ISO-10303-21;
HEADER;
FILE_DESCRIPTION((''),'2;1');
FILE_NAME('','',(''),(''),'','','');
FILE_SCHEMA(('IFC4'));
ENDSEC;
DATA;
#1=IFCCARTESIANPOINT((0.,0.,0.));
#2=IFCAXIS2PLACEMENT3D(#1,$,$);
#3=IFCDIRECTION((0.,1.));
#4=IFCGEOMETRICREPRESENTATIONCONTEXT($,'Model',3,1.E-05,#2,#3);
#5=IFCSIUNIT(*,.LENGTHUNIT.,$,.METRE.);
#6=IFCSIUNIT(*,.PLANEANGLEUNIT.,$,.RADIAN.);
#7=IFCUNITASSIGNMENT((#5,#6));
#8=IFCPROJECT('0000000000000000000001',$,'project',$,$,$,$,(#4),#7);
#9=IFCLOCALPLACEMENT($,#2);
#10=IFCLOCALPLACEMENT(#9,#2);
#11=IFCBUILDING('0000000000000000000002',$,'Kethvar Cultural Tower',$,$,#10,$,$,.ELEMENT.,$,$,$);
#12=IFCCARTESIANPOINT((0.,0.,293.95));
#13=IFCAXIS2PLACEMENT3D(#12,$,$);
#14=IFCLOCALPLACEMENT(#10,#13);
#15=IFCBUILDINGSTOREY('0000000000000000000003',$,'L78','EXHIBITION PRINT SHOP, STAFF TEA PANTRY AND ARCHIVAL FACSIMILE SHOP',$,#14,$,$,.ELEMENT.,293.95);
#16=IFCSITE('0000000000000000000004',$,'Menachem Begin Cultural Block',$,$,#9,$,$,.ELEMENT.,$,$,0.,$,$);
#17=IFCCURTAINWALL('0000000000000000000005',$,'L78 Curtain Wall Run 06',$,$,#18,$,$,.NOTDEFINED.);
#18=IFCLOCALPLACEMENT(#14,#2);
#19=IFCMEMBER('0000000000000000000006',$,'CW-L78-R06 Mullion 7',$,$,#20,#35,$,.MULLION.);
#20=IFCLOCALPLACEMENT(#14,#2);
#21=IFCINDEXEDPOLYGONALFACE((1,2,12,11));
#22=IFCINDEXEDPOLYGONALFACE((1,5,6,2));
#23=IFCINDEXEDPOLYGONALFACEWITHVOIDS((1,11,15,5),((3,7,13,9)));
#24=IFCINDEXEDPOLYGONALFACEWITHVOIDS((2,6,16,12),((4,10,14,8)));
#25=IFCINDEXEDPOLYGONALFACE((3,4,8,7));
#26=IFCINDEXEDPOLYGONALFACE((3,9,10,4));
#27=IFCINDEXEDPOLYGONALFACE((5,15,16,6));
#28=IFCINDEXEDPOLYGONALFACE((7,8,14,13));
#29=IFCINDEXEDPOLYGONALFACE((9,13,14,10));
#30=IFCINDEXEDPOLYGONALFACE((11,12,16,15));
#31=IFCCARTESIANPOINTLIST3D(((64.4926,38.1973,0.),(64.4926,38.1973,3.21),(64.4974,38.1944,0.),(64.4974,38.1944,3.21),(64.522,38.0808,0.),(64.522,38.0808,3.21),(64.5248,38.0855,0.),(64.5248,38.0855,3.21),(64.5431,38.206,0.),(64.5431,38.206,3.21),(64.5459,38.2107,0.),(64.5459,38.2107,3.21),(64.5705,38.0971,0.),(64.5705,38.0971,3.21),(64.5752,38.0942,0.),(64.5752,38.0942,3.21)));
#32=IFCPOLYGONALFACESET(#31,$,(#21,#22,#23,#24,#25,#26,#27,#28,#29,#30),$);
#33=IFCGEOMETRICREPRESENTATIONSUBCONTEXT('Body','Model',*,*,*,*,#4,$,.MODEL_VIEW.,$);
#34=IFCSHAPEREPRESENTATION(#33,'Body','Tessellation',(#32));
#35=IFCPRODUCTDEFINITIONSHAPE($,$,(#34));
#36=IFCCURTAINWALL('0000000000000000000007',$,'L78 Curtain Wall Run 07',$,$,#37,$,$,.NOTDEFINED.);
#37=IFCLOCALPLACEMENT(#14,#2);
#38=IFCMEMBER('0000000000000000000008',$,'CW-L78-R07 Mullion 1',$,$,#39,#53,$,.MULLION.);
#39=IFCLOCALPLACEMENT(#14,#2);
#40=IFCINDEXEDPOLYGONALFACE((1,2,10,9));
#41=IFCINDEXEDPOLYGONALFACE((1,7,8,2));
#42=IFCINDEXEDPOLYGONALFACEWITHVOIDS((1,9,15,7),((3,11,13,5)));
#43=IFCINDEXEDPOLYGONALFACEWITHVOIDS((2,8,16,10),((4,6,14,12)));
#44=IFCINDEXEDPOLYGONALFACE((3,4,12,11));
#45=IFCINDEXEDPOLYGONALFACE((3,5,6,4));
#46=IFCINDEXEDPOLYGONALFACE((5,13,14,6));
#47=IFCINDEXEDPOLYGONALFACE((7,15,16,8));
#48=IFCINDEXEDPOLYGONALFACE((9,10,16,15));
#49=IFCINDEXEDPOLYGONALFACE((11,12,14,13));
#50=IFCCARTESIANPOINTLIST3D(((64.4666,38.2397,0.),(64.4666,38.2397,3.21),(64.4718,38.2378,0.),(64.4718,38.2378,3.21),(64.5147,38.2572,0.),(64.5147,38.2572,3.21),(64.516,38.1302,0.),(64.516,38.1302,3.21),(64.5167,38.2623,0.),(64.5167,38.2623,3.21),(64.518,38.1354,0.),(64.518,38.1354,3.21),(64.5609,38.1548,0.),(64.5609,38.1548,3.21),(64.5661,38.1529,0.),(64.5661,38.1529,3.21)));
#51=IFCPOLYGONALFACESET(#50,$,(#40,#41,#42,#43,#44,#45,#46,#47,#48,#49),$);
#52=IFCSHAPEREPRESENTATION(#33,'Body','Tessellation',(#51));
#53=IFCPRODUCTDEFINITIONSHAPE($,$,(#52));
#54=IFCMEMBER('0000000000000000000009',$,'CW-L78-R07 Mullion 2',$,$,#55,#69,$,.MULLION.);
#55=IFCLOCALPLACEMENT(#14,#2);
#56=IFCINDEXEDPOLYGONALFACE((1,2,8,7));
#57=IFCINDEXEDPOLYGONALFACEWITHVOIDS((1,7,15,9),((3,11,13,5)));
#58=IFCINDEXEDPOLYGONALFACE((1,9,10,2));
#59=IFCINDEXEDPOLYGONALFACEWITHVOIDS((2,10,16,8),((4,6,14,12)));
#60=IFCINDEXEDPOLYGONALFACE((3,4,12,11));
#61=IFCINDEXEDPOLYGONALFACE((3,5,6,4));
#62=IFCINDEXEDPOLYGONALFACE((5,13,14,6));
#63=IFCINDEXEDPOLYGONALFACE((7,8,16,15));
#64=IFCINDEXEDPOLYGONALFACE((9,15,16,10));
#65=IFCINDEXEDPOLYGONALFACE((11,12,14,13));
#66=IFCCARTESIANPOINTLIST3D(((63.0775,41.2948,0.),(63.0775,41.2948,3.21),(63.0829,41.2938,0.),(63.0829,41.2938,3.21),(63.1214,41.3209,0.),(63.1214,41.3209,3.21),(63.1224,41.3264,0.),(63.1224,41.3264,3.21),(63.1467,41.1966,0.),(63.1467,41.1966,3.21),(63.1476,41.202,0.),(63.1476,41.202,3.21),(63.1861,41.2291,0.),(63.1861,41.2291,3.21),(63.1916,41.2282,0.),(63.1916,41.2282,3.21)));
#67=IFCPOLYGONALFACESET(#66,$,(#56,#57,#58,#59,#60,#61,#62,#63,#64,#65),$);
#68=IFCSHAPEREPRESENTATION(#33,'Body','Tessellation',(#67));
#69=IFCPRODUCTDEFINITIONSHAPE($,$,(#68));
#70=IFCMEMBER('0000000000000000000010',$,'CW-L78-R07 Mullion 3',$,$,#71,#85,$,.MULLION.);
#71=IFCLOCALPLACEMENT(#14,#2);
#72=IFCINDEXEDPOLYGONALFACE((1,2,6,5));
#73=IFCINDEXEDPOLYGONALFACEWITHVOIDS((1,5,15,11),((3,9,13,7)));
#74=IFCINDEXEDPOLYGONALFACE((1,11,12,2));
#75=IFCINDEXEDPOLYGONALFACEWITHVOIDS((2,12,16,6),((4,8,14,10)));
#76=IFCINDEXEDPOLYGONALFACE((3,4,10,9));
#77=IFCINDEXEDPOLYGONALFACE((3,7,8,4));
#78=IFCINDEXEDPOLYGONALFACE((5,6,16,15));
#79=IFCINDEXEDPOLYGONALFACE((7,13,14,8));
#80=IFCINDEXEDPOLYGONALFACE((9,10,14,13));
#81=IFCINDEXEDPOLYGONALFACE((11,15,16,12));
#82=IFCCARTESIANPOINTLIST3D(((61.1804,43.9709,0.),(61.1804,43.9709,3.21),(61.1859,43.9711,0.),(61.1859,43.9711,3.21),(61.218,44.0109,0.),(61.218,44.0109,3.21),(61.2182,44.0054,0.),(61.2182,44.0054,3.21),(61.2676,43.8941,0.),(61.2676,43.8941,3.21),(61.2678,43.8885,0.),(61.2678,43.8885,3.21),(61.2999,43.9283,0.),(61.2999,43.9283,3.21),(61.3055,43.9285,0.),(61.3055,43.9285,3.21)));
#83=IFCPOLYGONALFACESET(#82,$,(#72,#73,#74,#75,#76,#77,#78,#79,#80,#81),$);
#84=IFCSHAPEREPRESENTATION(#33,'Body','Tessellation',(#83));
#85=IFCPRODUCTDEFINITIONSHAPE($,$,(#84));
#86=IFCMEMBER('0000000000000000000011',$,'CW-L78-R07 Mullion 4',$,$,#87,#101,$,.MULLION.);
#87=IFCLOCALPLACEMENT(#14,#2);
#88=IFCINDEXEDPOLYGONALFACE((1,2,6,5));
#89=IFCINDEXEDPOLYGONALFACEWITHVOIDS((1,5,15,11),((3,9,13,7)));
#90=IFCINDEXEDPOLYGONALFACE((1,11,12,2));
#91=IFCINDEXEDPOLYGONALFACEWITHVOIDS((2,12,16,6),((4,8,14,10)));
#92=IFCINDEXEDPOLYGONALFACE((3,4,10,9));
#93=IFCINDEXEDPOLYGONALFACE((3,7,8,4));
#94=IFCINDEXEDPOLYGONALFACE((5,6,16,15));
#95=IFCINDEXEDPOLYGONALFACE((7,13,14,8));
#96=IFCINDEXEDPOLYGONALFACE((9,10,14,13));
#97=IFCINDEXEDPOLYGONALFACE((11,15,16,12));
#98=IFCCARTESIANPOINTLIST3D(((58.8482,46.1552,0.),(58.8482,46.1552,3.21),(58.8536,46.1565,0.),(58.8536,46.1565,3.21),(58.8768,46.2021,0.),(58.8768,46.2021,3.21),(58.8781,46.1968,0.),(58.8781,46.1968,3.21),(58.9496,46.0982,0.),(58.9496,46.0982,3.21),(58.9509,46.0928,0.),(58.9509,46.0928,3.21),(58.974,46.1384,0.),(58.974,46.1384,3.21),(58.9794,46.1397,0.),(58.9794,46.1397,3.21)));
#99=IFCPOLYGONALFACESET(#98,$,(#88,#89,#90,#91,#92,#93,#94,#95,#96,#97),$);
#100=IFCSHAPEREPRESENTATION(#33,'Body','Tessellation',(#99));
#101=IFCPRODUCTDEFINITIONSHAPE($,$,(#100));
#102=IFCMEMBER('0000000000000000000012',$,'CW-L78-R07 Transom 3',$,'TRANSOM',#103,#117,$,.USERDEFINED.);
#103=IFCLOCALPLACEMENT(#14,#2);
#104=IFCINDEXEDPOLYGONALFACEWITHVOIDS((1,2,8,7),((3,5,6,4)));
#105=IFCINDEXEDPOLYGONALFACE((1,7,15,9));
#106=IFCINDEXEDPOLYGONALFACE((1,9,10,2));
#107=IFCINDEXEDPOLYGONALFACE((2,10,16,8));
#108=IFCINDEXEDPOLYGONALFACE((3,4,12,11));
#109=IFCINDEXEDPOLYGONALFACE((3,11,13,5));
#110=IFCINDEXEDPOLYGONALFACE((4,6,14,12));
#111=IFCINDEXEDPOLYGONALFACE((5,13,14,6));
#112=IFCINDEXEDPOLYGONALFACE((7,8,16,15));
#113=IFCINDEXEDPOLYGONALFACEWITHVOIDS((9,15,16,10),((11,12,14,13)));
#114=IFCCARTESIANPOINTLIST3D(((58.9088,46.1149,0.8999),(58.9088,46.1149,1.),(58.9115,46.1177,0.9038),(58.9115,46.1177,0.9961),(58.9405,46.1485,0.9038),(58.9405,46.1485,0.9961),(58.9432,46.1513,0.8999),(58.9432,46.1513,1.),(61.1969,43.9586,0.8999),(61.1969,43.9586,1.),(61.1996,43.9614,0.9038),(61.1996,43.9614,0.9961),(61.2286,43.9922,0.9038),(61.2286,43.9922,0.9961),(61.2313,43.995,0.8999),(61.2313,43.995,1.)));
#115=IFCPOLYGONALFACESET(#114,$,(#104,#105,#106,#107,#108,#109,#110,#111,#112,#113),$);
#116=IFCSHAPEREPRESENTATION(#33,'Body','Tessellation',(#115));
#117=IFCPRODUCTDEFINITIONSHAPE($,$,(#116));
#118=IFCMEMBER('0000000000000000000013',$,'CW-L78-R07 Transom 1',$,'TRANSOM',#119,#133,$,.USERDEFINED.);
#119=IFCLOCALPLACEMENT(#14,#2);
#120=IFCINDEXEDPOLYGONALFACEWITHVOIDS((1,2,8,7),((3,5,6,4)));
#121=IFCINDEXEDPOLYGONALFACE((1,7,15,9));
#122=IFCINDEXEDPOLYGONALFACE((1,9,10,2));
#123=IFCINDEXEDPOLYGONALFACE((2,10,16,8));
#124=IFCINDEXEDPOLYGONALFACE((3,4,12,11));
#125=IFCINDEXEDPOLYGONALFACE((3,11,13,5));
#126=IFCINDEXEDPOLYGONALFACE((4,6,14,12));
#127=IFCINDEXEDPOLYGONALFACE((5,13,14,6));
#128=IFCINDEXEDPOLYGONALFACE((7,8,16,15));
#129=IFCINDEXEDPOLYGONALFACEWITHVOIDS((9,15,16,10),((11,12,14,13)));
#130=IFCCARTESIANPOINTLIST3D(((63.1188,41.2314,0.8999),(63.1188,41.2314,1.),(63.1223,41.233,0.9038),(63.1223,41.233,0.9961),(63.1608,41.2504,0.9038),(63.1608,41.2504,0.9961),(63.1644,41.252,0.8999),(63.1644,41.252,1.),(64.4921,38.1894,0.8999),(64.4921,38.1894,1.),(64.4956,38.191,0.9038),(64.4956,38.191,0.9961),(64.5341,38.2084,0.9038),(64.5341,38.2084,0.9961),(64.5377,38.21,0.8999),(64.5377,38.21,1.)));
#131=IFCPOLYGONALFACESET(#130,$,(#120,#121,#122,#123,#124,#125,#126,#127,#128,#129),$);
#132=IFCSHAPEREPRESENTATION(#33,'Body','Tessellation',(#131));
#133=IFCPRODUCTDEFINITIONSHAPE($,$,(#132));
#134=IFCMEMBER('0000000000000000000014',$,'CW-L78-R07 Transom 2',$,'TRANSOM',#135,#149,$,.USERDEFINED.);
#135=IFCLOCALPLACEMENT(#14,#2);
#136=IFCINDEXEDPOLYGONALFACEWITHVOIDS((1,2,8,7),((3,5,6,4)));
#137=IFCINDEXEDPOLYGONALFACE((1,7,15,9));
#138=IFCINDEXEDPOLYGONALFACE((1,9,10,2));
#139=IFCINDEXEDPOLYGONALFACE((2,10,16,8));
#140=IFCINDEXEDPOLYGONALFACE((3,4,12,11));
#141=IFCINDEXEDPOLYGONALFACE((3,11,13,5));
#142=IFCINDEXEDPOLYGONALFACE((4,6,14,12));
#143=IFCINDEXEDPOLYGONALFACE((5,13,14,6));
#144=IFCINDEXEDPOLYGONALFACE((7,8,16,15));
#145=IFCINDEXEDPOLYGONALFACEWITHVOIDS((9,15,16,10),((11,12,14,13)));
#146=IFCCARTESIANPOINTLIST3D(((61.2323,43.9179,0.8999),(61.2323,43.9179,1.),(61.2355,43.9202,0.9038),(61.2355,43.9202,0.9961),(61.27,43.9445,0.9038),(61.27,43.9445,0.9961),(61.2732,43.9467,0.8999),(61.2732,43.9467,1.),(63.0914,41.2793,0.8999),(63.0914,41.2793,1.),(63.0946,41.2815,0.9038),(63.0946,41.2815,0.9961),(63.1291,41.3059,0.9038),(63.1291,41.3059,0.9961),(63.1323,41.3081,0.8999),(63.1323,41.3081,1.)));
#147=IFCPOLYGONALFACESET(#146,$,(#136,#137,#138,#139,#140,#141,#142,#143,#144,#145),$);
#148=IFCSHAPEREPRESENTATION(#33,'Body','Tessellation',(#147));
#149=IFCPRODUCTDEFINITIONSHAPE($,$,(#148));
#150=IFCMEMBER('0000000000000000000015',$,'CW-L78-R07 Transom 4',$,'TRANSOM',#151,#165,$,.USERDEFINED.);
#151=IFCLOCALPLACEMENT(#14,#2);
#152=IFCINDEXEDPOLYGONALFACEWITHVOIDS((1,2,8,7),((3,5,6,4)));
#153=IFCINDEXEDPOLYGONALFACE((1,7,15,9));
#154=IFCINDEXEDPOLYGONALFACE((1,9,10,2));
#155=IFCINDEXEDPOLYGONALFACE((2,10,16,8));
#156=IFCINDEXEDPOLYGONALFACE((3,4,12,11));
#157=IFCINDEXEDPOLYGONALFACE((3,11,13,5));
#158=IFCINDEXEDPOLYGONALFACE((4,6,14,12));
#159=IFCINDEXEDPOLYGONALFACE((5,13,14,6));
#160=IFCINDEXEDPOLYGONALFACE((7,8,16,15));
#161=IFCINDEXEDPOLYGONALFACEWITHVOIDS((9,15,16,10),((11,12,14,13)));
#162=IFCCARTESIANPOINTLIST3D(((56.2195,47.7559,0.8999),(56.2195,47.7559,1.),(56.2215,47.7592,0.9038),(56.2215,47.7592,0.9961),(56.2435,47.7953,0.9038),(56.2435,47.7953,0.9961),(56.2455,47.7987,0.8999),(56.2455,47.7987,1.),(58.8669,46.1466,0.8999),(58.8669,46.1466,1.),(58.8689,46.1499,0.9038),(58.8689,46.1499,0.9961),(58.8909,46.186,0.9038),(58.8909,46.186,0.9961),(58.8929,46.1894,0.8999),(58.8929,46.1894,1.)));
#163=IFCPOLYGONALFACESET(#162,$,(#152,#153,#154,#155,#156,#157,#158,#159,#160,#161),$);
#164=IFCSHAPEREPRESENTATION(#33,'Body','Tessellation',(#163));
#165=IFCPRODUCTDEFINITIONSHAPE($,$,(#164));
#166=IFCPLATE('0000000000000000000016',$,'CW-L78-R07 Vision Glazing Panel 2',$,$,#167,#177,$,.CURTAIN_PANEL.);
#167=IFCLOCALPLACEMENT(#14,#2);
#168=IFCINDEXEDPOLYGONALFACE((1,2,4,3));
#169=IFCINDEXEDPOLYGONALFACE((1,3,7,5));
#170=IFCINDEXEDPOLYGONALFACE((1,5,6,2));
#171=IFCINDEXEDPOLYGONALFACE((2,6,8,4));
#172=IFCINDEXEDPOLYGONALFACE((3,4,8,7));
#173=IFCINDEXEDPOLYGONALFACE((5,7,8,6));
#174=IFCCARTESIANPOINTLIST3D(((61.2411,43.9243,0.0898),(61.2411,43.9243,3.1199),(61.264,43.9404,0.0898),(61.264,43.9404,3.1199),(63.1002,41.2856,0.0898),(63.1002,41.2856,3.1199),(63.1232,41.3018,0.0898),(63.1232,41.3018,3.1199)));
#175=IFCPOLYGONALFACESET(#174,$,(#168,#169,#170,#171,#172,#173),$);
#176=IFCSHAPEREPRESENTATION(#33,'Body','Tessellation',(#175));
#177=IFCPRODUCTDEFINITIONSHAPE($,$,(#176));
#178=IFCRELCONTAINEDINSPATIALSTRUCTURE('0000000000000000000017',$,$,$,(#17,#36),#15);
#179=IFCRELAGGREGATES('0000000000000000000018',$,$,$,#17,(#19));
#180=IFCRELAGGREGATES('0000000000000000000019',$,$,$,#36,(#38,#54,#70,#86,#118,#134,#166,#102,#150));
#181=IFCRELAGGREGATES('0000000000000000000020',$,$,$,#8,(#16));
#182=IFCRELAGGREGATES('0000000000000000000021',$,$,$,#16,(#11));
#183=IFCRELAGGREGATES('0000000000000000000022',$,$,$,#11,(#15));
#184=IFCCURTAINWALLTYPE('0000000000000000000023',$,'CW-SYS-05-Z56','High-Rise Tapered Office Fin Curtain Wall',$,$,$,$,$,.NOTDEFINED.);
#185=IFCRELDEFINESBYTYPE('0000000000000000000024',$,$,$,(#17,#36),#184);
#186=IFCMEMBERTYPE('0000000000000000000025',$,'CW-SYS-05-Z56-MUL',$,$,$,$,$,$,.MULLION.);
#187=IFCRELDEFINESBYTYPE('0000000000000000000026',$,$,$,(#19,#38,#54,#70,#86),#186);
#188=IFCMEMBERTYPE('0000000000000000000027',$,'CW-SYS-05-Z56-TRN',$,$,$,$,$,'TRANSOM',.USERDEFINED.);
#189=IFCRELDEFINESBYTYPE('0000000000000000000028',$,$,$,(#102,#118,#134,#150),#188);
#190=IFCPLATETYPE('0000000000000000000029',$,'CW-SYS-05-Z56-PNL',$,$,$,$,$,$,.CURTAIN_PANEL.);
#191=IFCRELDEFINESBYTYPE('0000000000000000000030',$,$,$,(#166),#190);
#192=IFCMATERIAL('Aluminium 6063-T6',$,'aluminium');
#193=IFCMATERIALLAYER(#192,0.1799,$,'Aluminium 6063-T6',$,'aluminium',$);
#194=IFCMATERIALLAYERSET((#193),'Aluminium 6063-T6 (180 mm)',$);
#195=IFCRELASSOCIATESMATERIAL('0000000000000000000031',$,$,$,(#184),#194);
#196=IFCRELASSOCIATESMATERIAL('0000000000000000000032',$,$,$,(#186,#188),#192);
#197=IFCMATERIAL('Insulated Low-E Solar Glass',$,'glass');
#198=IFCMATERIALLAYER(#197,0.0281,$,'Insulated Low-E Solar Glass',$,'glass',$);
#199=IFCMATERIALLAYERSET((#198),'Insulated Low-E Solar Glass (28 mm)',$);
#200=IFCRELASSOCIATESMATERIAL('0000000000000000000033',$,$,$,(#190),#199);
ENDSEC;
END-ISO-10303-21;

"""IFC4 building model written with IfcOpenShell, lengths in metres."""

from ifc_helpers import new_model, si_unit, direction, frame, origin, origin_2d, place, context, subcontext, project, spatial, rectangle, hollow_rectangle, extrude, source, transform, mapped, material, layer, layer_set, material_profile, profile_set, type_object, element, aggregate, save


model = new_model("IFC4")

# Units and contexts
model_context = context("Model", 3, precision=1e-05, world=origin(), true_north=direction((0.0, 1.0)))
body_context = subcontext(model_context, "Body", "Model", "MODEL_VIEW")
ifc_project = project(units=[si_unit("LENGTHUNIT", "METRE"), si_unit("PLANEANGLEUNIT", "RADIAN")], contexts=[model_context])

# Site, building, storey
site_placement = place(None, origin())
site = spatial("IfcSite", under=ifc_project, at=site_placement, Name="Menachem Begin Cultural Block", CompositionType="ELEMENT", RefElevation=0.0)
building_placement = place(site_placement, origin())
building = spatial("IfcBuilding", under=site, at=building_placement, Name="Kethvar Cultural Tower", CompositionType="ELEMENT")
storey_placement = place(building_placement, frame((0.0, 0.0, 293.95)))
storey = spatial("IfcBuildingStorey", under=building, at=storey_placement, Name="L78", Description="EXHIBITION PRINT SHOP, STAFF TEA PANTRY AND ARCHIVAL FACSIMILE SHOP", CompositionType="ELEMENT", Elevation=293.95)

# Curtain wall, member
ifc_material_1 = material(Name="Aluminium 6063-T6", Category="aluminium")
ifc_layer_1 = layer(ifc_material_1, 0.1799, Name="Aluminium 6063-T6", Category="aluminium")
ifc_layer_set_1 = layer_set([ifc_layer_1], Name="Aluminium 6063-T6 (180 mm)")
curtain_wall_type = type_object("IfcCurtainWallType", Name="CW-SYS-05-Z56", Description="High-Rise Tapered Office Fin Curtain Wall", PredefinedType="NOTDEFINED", material=ifc_layer_set_1)
curtain_wall_1_placement = place(storey_placement, origin())
curtain_wall_1 = element("IfcCurtainWall", 1, at=curtain_wall_1_placement, inside=storey, type_object=curtain_wall_type, Name="L78 Curtain Wall Run 06", PredefinedType="NOTDEFINED")
ifc_material_profile_1 = material_profile(ifc_material_1, hollow_rectangle(XDim=0.0549, YDim=0.1201, WallThickness=0.0039, at=origin_2d()), Name="Aluminium 6063-T6 — RHS120x55x4")
ifc_profile_set_1 = profile_set([ifc_material_profile_1], Name="Aluminium 6063-T6 — RHS120x55x4")
member_type_1 = type_object("IfcMemberType", Name="CW-SYS-05-Z56-MUL", PredefinedType="MULLION", material=ifc_profile_set_1)
shared_shape_1 = source(origin(), body_context, "Body", "SweptSolid", [
    extrude(hollow_rectangle(XDim=0.0549, YDim=0.1201, WallThickness=0.0039, at=origin_2d()), origin(), (0.0, 0.0, 1.0), 3.21),
])
member_1_placement = place(storey_placement, frame((64.5339, 38.1458, 0.0), z_axis=(0.0, 0.0, 1.0), x_axis=(-0.96968, -0.244377, 0.0)))
member_1 = element("IfcMember", 2, at=member_1_placement, type_object=member_type_1, Name="CW-L78-R06 Mullion 7", PredefinedType="MULLION", context=body_context, shape_type="MappedRepresentation", body=[
    mapped(shared_shape_1, transform((0.0, 0.0, 0.0), scale=1.0)),
])
aggregate(curtain_wall_1, [member_1])

# Curtain wall, members, plate
curtain_wall_2_placement = place(storey_placement, origin())
curtain_wall_2 = element("IfcCurtainWall", 3, at=curtain_wall_2_placement, inside=storey, type_object=curtain_wall_type, Name="L78 Curtain Wall Run 07", PredefinedType="NOTDEFINED")
member_2_placement = place(storey_placement, frame((64.5164, 38.1963, 0.0), z_axis=(0.0, 0.0, 1.0), x_axis=(-0.911425, -0.411467, 0.0)))
member_2 = element("IfcMember", 4, at=member_2_placement, type_object=member_type_1, Name="CW-L78-R07 Mullion 1", PredefinedType="MULLION", context=body_context, shape_type="MappedRepresentation", body=[
    mapped(shared_shape_1, transform((0.0, 0.0, 0.0), scale=1.0)),
])
member_3_placement = place(storey_placement, frame((63.1345, 41.2615, 0.0), z_axis=(0.0, 0.0, 1.0), x_axis=(-0.817467, -0.575976, 0.0)))
member_3 = element("IfcMember", 5, at=member_3_placement, type_object=member_type_1, Name="CW-L78-R07 Mullion 2", PredefinedType="MULLION", context=body_context, shape_type="MappedRepresentation", body=[
    mapped(shared_shape_1, transform((0.0, 0.0, 0.0), scale=1.0)),
])
member_4_placement = place(storey_placement, frame((61.2429, 43.9497, 0.0), z_axis=(0.0, 0.0, 1.0), x_axis=(-0.685818, -0.727773, 0.0)))
member_4 = element("IfcMember", 6, at=member_4_placement, type_object=member_type_1, Name="CW-L78-R07 Mullion 3", PredefinedType="MULLION", context=body_context, shape_type="MappedRepresentation", body=[
    mapped(shared_shape_1, transform((0.0, 0.0, 0.0), scale=1.0)),
])
member_5_placement = place(storey_placement, frame((58.9138, 46.1475, 0.0), z_axis=(0.0, 0.0, 1.0), x_axis=(-0.5194, -0.854531, 0.0)))
member_5 = element("IfcMember", 7, at=member_5_placement, type_object=member_type_1, Name="CW-L78-R07 Mullion 4", PredefinedType="MULLION", context=body_context, shape_type="MappedRepresentation", body=[
    mapped(shared_shape_1, transform((0.0, 0.0, 0.0), scale=1.0)),
])
ifc_material_profile_2 = material_profile(ifc_material_1, hollow_rectangle(XDim=0.05, YDim=0.1001, WallThickness=0.0039, at=origin_2d()), Name="Aluminium 6063-T6 — RHS100x50x4")
ifc_profile_set_2 = profile_set([ifc_material_profile_2], Name="Aluminium 6063-T6 — RHS100x50x4")
member_type_2 = type_object("IfcMemberType", Name="CW-SYS-05-Z56-TRN", ElementType="TRANSOM", PredefinedType="USERDEFINED", material=ifc_profile_set_2)
shared_shape_2 = source(origin(), body_context, "Body", "SweptSolid", [
    extrude(hollow_rectangle(XDim=0.05, YDim=0.1001, WallThickness=0.0039, at=origin_2d()), origin(), (0.0, 0.0, 1.0), 3.144),
])
member_6_placement = place(storey_placement, frame((61.2141, 43.9768, 0.95), z_axis=(-0.727762, 0.68583, 0.0), x_axis=(-0.68583, -0.727762, 0.0)))
member_6 = element("IfcMember", 8, at=member_6_placement, type_object=member_type_2, Name="CW-L78-R07 Transom 3", ObjectType="TRANSOM", PredefinedType="USERDEFINED", context=body_context, shape_type="MappedRepresentation", body=[
    mapped(shared_shape_2, transform((0.0, 0.0, 0.0), scale=1.0)),
])
shared_shape_3 = source(origin(), body_context, "Body", "SweptSolid", [
    extrude(hollow_rectangle(XDim=0.05, YDim=0.1001, WallThickness=0.0039, at=origin_2d()), origin(), (0.0, 0.0, 1.0), 3.3376),
])
member_7_placement = place(storey_placement, frame((64.5149, 38.1997, 0.95), z_axis=(-0.411459, 0.911428, 0.0), x_axis=(-0.911428, -0.411459, 0.0)))
member_7 = element("IfcMember", 9, at=member_7_placement, type_object=member_type_2, Name="CW-L78-R07 Transom 1", ObjectType="TRANSOM", PredefinedType="USERDEFINED", context=body_context, shape_type="MappedRepresentation", body=[
    mapped(shared_shape_3, transform((0.0, 0.0, 0.0), scale=1.0)),
])
shared_shape_4 = source(origin(), body_context, "Body", "SweptSolid", [
    extrude(hollow_rectangle(XDim=0.05, YDim=0.1001, WallThickness=0.0039, at=origin_2d()), origin(), (0.0, 0.0, 1.0), 3.2278),
])
member_8_placement = place(storey_placement, frame((63.1118, 41.2937, 0.95), z_axis=(-0.575967, 0.817473, 0.0), x_axis=(-0.817473, -0.575967, 0.0)))
member_8 = element("IfcMember", 10, at=member_8_placement, type_object=member_type_2, Name="CW-L78-R07 Transom 2", ObjectType="TRANSOM", PredefinedType="USERDEFINED", context=body_context, shape_type="MappedRepresentation", body=[
    mapped(shared_shape_4, transform((0.0, 0.0, 0.0), scale=1.0)),
])
shared_shape_5 = source(origin(), body_context, "Body", "SweptSolid", [
    extrude(hollow_rectangle(XDim=0.05, YDim=0.1001, WallThickness=0.0039, at=origin_2d()), origin(), (0.0, 0.0, 1.0), 3.0981),
])
member_9_placement = place(storey_placement, frame((58.8799, 46.168, 0.95), z_axis=(-0.854503, 0.519447, 0.0), x_axis=(-0.519447, -0.854503, 0.0)))
member_9 = element("IfcMember", 11, at=member_9_placement, type_object=member_type_2, Name="CW-L78-R07 Transom 4", ObjectType="TRANSOM", PredefinedType="USERDEFINED", context=body_context, shape_type="MappedRepresentation", body=[
    mapped(shared_shape_5, transform((0.0, 0.0, 0.0), scale=1.0)),
])
ifc_material_2 = material(Name="Insulated Low-E Solar Glass", Category="glass")
ifc_layer_2 = layer(ifc_material_2, 0.0281, Name="Insulated Low-E Solar Glass", Category="glass")
ifc_layer_set_2 = layer_set([ifc_layer_2], Name="Insulated Low-E Solar Glass (28 mm)")
plate_type = type_object("IfcPlateType", Name="CW-SYS-05-Z56-PNL", PredefinedType="CURTAIN_PANEL", material=ifc_layer_set_2)
shared_shape_6 = source(origin(), body_context, "Body", "SweptSolid", [
    extrude(rectangle(XDim=3.2278, YDim=0.0281, at=origin_2d()), origin(), (0.0, 0.0, 1.0), 3.03),
])
plate_1_placement = place(storey_placement, frame((62.1821, 42.613, 0.0898), z_axis=(0.0, 0.0, 1.0), x_axis=(-0.575976, 0.817467, 0.0)))
plate_1 = element("IfcPlate", 12, at=plate_1_placement, type_object=plate_type, Name="CW-L78-R07 Vision Glazing Panel 2", PredefinedType="CURTAIN_PANEL", context=body_context, shape_type="MappedRepresentation", body=[
    mapped(shared_shape_6, transform((0.0, 0.0, 0.0), scale=1.0)),
])
aggregate(curtain_wall_2, [member_2, member_3, member_4, member_5, member_7, member_8, plate_1, member_6, member_9])

save(model, "model.ifc")
